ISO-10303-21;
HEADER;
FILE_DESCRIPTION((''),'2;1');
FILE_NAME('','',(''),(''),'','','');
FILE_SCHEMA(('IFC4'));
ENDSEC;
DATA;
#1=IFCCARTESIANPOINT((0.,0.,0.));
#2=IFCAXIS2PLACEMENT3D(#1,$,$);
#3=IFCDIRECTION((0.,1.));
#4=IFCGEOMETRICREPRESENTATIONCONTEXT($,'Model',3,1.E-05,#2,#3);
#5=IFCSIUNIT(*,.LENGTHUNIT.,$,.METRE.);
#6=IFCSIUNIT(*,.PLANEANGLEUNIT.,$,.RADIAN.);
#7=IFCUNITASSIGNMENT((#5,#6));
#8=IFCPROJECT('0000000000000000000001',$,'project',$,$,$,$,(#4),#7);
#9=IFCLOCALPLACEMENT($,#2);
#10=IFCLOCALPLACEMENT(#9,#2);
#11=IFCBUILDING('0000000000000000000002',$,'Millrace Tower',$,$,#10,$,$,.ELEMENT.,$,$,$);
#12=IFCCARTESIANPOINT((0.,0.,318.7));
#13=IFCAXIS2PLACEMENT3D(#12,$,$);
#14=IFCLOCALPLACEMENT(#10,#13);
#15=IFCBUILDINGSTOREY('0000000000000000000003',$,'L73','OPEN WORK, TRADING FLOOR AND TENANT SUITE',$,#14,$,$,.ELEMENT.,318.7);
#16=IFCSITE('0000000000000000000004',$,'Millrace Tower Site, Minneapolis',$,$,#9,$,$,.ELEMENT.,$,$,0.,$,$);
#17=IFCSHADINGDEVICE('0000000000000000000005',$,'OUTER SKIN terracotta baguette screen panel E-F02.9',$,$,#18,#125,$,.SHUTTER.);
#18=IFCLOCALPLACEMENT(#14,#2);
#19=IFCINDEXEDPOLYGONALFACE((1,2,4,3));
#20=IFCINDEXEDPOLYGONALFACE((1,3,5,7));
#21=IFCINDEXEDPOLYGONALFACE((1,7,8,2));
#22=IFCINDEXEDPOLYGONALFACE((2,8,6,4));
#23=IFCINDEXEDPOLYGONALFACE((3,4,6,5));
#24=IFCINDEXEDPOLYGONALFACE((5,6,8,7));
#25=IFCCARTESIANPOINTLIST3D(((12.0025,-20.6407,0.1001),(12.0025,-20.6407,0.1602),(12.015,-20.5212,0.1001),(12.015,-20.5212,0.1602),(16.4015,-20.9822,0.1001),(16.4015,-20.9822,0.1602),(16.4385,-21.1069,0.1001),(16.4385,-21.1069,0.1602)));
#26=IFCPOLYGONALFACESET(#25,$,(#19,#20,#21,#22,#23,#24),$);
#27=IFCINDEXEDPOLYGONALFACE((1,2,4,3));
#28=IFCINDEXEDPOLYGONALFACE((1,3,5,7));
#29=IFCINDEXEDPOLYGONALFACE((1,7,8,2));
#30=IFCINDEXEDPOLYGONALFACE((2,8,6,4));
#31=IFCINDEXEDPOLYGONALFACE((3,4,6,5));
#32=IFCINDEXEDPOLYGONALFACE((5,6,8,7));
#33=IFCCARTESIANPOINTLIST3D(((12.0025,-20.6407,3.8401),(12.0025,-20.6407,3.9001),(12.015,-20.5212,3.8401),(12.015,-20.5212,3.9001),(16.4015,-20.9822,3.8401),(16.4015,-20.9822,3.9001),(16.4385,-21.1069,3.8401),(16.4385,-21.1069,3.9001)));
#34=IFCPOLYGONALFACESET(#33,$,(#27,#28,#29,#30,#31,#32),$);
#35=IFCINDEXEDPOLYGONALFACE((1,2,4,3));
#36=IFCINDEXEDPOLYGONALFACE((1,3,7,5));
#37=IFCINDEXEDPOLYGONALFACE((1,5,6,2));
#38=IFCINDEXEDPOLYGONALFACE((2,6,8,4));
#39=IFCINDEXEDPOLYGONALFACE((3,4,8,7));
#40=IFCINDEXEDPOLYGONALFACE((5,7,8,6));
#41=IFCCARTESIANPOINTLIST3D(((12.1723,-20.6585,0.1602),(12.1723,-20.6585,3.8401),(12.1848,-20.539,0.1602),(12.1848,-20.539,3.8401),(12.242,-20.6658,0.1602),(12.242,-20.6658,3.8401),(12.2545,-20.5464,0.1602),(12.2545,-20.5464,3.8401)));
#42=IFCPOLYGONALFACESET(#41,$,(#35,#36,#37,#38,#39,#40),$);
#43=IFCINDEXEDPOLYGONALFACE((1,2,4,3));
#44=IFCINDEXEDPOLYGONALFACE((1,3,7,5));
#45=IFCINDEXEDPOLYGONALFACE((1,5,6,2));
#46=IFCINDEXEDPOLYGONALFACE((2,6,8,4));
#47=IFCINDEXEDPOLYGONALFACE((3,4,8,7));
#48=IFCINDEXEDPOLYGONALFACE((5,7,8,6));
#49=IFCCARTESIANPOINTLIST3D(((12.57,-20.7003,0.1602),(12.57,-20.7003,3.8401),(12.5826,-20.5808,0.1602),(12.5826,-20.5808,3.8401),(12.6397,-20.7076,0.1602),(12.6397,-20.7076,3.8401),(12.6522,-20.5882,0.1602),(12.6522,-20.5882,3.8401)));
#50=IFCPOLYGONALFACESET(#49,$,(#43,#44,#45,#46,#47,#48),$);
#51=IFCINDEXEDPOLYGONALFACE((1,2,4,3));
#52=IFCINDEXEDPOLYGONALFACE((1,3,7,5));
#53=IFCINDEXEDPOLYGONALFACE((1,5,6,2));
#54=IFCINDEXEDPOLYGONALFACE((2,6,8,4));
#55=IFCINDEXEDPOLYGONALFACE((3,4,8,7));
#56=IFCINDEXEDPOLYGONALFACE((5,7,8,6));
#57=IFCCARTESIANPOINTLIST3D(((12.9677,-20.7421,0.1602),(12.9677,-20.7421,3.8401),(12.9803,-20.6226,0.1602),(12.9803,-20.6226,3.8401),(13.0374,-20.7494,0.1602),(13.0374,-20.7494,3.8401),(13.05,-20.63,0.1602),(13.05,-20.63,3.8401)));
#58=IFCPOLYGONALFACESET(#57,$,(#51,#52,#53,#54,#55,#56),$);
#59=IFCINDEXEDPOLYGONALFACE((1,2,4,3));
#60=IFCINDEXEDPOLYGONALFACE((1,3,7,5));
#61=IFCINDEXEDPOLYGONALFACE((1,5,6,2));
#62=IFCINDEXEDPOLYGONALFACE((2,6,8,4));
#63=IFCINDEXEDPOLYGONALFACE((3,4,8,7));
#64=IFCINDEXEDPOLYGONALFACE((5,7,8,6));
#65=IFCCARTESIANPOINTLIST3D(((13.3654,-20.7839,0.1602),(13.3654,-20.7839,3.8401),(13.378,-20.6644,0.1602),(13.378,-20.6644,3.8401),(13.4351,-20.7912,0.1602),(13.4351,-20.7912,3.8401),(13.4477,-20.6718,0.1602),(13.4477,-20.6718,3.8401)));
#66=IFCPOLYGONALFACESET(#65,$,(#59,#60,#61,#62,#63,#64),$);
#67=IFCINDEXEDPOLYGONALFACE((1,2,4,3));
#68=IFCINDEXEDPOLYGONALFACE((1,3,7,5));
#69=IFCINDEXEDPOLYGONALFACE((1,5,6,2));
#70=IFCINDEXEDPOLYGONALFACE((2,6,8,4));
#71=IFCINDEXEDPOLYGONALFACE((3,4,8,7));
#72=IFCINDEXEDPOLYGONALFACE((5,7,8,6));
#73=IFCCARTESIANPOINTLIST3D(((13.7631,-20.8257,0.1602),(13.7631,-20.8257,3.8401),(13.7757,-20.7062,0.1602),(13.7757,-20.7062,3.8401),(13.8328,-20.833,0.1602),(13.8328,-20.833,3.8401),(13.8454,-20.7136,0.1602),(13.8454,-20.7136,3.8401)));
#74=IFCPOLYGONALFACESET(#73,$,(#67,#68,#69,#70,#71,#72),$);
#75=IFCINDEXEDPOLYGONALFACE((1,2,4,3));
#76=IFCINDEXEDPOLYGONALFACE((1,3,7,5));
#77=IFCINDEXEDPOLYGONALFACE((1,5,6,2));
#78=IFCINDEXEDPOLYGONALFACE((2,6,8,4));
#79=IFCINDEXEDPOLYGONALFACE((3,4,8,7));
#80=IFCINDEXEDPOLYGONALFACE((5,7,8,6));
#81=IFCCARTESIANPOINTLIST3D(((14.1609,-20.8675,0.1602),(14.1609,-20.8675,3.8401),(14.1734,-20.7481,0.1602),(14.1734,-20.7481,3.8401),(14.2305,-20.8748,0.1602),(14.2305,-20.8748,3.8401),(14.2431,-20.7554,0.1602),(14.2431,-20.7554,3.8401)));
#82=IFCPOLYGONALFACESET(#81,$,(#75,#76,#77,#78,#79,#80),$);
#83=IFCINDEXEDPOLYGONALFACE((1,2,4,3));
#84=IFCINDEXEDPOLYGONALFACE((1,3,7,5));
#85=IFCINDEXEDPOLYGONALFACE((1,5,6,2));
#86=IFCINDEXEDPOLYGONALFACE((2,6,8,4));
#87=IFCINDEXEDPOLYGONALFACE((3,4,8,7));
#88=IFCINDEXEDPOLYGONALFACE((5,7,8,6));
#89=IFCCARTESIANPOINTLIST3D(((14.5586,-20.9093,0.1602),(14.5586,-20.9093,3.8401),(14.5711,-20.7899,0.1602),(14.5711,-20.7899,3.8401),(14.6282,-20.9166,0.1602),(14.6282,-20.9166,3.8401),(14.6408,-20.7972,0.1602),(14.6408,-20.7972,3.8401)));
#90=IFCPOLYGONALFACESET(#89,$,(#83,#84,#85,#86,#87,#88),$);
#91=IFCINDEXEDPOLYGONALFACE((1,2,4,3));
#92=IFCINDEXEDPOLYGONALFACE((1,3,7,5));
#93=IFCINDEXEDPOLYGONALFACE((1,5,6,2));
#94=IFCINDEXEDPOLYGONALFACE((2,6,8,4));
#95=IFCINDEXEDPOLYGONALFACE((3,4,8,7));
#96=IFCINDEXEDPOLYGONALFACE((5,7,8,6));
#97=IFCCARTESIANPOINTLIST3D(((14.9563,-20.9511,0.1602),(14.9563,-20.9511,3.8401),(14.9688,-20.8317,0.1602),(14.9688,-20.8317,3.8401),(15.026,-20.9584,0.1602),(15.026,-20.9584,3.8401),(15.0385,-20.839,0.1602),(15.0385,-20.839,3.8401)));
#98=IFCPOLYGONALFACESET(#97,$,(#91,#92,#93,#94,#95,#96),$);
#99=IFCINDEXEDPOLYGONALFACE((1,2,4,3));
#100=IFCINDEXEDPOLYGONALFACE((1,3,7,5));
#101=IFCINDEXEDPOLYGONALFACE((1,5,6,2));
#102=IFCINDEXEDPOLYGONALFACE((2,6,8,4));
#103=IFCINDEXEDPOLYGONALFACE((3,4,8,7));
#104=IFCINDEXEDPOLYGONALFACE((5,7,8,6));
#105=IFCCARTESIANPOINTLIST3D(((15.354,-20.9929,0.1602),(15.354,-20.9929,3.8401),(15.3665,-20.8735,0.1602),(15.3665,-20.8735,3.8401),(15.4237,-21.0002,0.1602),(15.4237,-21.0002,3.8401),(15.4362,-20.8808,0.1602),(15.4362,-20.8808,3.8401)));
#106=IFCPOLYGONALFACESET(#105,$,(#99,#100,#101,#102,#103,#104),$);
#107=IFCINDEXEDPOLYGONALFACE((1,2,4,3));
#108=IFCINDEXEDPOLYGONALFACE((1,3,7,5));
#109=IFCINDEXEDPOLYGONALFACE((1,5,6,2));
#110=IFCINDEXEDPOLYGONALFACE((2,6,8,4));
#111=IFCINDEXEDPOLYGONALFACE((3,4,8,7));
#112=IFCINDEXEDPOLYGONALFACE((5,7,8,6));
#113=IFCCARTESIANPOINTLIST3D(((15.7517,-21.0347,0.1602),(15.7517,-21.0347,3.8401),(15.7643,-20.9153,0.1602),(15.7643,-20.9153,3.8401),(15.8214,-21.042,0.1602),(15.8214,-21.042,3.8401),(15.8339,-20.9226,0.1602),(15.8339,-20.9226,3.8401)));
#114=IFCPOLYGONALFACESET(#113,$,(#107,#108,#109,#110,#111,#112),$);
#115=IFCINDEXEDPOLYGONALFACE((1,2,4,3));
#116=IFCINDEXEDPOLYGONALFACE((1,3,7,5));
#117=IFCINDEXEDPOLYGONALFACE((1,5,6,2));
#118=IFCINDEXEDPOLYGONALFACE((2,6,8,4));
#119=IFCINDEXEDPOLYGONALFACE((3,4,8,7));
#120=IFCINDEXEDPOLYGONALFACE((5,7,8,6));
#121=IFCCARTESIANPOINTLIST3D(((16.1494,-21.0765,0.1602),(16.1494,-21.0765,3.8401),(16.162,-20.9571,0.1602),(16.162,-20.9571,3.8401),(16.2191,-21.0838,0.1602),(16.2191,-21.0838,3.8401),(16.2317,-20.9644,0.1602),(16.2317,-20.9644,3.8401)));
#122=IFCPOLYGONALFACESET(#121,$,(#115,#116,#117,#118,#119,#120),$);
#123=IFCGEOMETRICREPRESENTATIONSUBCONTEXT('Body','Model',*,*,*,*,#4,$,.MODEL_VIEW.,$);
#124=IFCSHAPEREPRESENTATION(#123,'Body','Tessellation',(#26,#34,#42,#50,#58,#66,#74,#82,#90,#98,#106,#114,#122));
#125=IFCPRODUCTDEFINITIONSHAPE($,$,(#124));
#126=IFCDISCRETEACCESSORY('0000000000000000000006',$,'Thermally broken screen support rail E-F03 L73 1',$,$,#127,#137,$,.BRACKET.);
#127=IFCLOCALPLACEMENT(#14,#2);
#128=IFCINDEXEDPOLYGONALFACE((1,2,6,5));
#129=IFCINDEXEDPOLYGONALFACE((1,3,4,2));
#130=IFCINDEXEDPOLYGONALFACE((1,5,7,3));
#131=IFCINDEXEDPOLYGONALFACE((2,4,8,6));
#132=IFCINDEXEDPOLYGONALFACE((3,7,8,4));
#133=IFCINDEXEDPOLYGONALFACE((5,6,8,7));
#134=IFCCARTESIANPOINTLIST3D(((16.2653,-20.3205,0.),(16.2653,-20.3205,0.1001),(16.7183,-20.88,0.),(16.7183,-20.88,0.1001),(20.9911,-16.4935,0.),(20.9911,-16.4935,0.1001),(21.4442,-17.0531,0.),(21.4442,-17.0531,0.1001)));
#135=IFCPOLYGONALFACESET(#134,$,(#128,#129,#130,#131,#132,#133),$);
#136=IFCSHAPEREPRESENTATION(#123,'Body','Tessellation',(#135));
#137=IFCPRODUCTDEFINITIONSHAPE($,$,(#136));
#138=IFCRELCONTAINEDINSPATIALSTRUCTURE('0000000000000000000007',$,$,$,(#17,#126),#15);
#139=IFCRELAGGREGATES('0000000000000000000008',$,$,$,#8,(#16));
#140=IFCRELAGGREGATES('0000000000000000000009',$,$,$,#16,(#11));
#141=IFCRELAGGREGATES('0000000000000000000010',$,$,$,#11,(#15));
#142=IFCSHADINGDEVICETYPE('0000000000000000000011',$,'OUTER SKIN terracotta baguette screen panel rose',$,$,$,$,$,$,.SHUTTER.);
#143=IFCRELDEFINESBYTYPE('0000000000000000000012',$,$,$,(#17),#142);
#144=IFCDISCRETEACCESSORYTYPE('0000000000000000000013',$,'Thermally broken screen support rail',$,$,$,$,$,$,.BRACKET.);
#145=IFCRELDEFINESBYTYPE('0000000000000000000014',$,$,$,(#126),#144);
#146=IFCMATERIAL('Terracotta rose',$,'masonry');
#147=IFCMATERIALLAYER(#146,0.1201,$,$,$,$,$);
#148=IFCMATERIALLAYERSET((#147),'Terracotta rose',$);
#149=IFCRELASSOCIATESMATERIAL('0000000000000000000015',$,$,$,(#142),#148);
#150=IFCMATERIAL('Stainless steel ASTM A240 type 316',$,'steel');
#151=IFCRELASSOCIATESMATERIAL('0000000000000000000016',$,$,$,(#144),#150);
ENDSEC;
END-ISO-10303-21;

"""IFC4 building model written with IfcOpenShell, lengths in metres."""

from ifc_helpers import new_model, entity, si_unit, direction, frame, frame_2d, origin, origin_2d, place, context, subcontext, project, spatial, rectangle, extrude, source, transform, mapped, material, layer, layer_set, type_object, element, save


model = new_model("IFC4")

# Units and contexts
model_context = context("Model", 3, precision=1e-05, world=origin(), true_north=direction((0.0, 1.0)))
body_context = subcontext(model_context, "Body", "Model", "MODEL_VIEW")
ifc_project = project(units=[si_unit("LENGTHUNIT", "METRE"), si_unit("PLANEANGLEUNIT", "RADIAN")], contexts=[model_context])

# Site, building, storey
site_placement = place(None, origin())
site = spatial("IfcSite", under=ifc_project, at=site_placement, Name="Millrace Tower Site, Minneapolis", CompositionType="ELEMENT", RefElevation=0.0)
building_placement = place(site_placement, origin())
building = spatial("IfcBuilding", under=site, at=building_placement, Name="Millrace Tower", CompositionType="ELEMENT")
storey_placement = place(building_placement, frame((0.0, 0.0, 318.7)))
storey = spatial("IfcBuildingStorey", under=building, at=storey_placement, Name="L73", Description="OPEN WORK, TRADING FLOOR AND TENANT SUITE", CompositionType="ELEMENT", Elevation=318.7)

# Shading device
ifc_material_1 = material(Name="Terracotta rose", Category="masonry")
ifc_layer_1 = layer(ifc_material_1, 0.1201)
ifc_layer_set_1 = layer_set([ifc_layer_1], Name="Terracotta rose")
shading_device_type = type_object("IfcShadingDeviceType", Name="OUTER SKIN terracotta baguette screen panel rose", PredefinedType="SHUTTER", material=ifc_layer_set_1)
cartesian_point_1 = entity("IfcCartesianPoint", [-2.2178, 0.0601])
shared_polyline_1 = entity("IfcPolyline", [cartesian_point_1, entity("IfcCartesianPoint", [2.1929, 0.0601]), entity("IfcCartesianPoint", [2.2427, -0.0601]), entity("IfcCartesianPoint", [-2.2178, -0.0601]), cartesian_point_1])
shared_shape_1 = source(origin(), body_context, "Body", "SweptSolid", [
    entity("IfcExtrudedAreaSolid", entity("IfcArbitraryClosedProfileDef", "AREA", None, shared_polyline_1), entity("IfcAxis2Placement3D", entity("IfcCartesianPoint", [0.0, 0.0, 0.0])), entity("IfcDirection", [0.0, 0.0, 1.0]), 0.0601),
    entity("IfcExtrudedAreaSolid", entity("IfcArbitraryClosedProfileDef", "AREA", None, shared_polyline_1), entity("IfcAxis2Placement3D", entity("IfcCartesianPoint", [0.0, 0.0, 3.74])), entity("IfcDirection", [0.0, 0.0, 1.0]), 0.0601),
    extrude(rectangle(XDim=0.0701, YDim=0.1201, at=frame_2d((-2.012, 0.0))), frame((0.0, 0.0, 0.0601)), (0.0, 0.0, 1.0), 3.6799),
    extrude(rectangle(XDim=0.0701, YDim=0.1201, at=frame_2d((-1.6121, 0.0))), frame((0.0, 0.0, 0.0601)), (0.0, 0.0, 1.0), 3.6799),
    extrude(rectangle(XDim=0.0701, YDim=0.1201, at=frame_2d((-1.2122, 0.0))), frame((0.0, 0.0, 0.0601)), (0.0, 0.0, 1.0), 3.6799),
    extrude(rectangle(XDim=0.0701, YDim=0.1201, at=frame_2d((-0.8123, 0.0))), frame((0.0, 0.0, 0.0601)), (0.0, 0.0, 1.0), 3.6799),
    extrude(rectangle(XDim=0.0701, YDim=0.1201, at=frame_2d((-0.4124, 0.0))), frame((0.0, 0.0, 0.0601)), (0.0, 0.0, 1.0), 3.6799),
    extrude(rectangle(XDim=0.0701, YDim=0.1201, at=frame_2d((-0.0125, 0.0))), frame((0.0, 0.0, 0.0601)), (0.0, 0.0, 1.0), 3.6799),
    extrude(rectangle(XDim=0.0701, YDim=0.1201, at=frame_2d((0.3875, 0.0))), frame((0.0, 0.0, 0.0601)), (0.0, 0.0, 1.0), 3.6799),
    extrude(rectangle(XDim=0.0701, YDim=0.1201, at=frame_2d((0.7874, 0.0))), frame((0.0, 0.0, 0.0601)), (0.0, 0.0, 1.0), 3.6799),
    extrude(rectangle(XDim=0.0701, YDim=0.1201, at=frame_2d((1.1873, 0.0))), frame((0.0, 0.0, 0.0601)), (0.0, 0.0, 1.0), 3.6799),
    extrude(rectangle(XDim=0.0701, YDim=0.1201, at=frame_2d((1.5872, 0.0))), frame((0.0, 0.0, 0.0601)), (0.0, 0.0, 1.0), 3.6799),
    extrude(rectangle(XDim=0.0701, YDim=0.1201, at=frame_2d((1.9871, 0.0))), frame((0.0, 0.0, 0.0601)), (0.0, 0.0, 1.0), 3.6799),
])
shading_device_1_placement = place(storey_placement, frame((14.2144, -20.8127, 0.1001), z_axis=(0.0, 0.0, 1.0), x_axis=(0.994522, -0.104528, 0.0)))
element("IfcShadingDevice", 1, at=shading_device_1_placement, inside=storey, type_object=shading_device_type, Name="OUTER SKIN terracotta baguette screen panel E-F02.9", PredefinedType="SHUTTER", context=body_context, shape_type="MappedRepresentation", body=[
    mapped(shared_shape_1, transform((0.0, 0.0, 0.0), scale=1.0)),
])

# Discrete accessory
ifc_material_2 = material(Name="Stainless steel ASTM A240 type 316", Category="steel")
discrete_accessory_type = type_object("IfcDiscreteAccessoryType", Name="Thermally broken screen support rail", PredefinedType="BRACKET", material=ifc_material_2)
discrete_accessory_placement = place(storey_placement, frame((18.8547, -18.6868, 0.0), z_axis=(0.0, 0.0, 1.0), x_axis=(0.777146, 0.62932, 0.0)))
element("IfcDiscreteAccessory", 2, at=discrete_accessory_placement, inside=storey, type_object=discrete_accessory_type, Name="Thermally broken screen support rail E-F03 L73 1", PredefinedType="BRACKET", context=body_context, shape_type="SweptSolid", body=[
    extrude(rectangle(XDim=6.0811, YDim=0.72, at=origin_2d()), origin(), (0.0, 0.0, 1.0), 0.1001),
])

save(model, "model.ifc")
